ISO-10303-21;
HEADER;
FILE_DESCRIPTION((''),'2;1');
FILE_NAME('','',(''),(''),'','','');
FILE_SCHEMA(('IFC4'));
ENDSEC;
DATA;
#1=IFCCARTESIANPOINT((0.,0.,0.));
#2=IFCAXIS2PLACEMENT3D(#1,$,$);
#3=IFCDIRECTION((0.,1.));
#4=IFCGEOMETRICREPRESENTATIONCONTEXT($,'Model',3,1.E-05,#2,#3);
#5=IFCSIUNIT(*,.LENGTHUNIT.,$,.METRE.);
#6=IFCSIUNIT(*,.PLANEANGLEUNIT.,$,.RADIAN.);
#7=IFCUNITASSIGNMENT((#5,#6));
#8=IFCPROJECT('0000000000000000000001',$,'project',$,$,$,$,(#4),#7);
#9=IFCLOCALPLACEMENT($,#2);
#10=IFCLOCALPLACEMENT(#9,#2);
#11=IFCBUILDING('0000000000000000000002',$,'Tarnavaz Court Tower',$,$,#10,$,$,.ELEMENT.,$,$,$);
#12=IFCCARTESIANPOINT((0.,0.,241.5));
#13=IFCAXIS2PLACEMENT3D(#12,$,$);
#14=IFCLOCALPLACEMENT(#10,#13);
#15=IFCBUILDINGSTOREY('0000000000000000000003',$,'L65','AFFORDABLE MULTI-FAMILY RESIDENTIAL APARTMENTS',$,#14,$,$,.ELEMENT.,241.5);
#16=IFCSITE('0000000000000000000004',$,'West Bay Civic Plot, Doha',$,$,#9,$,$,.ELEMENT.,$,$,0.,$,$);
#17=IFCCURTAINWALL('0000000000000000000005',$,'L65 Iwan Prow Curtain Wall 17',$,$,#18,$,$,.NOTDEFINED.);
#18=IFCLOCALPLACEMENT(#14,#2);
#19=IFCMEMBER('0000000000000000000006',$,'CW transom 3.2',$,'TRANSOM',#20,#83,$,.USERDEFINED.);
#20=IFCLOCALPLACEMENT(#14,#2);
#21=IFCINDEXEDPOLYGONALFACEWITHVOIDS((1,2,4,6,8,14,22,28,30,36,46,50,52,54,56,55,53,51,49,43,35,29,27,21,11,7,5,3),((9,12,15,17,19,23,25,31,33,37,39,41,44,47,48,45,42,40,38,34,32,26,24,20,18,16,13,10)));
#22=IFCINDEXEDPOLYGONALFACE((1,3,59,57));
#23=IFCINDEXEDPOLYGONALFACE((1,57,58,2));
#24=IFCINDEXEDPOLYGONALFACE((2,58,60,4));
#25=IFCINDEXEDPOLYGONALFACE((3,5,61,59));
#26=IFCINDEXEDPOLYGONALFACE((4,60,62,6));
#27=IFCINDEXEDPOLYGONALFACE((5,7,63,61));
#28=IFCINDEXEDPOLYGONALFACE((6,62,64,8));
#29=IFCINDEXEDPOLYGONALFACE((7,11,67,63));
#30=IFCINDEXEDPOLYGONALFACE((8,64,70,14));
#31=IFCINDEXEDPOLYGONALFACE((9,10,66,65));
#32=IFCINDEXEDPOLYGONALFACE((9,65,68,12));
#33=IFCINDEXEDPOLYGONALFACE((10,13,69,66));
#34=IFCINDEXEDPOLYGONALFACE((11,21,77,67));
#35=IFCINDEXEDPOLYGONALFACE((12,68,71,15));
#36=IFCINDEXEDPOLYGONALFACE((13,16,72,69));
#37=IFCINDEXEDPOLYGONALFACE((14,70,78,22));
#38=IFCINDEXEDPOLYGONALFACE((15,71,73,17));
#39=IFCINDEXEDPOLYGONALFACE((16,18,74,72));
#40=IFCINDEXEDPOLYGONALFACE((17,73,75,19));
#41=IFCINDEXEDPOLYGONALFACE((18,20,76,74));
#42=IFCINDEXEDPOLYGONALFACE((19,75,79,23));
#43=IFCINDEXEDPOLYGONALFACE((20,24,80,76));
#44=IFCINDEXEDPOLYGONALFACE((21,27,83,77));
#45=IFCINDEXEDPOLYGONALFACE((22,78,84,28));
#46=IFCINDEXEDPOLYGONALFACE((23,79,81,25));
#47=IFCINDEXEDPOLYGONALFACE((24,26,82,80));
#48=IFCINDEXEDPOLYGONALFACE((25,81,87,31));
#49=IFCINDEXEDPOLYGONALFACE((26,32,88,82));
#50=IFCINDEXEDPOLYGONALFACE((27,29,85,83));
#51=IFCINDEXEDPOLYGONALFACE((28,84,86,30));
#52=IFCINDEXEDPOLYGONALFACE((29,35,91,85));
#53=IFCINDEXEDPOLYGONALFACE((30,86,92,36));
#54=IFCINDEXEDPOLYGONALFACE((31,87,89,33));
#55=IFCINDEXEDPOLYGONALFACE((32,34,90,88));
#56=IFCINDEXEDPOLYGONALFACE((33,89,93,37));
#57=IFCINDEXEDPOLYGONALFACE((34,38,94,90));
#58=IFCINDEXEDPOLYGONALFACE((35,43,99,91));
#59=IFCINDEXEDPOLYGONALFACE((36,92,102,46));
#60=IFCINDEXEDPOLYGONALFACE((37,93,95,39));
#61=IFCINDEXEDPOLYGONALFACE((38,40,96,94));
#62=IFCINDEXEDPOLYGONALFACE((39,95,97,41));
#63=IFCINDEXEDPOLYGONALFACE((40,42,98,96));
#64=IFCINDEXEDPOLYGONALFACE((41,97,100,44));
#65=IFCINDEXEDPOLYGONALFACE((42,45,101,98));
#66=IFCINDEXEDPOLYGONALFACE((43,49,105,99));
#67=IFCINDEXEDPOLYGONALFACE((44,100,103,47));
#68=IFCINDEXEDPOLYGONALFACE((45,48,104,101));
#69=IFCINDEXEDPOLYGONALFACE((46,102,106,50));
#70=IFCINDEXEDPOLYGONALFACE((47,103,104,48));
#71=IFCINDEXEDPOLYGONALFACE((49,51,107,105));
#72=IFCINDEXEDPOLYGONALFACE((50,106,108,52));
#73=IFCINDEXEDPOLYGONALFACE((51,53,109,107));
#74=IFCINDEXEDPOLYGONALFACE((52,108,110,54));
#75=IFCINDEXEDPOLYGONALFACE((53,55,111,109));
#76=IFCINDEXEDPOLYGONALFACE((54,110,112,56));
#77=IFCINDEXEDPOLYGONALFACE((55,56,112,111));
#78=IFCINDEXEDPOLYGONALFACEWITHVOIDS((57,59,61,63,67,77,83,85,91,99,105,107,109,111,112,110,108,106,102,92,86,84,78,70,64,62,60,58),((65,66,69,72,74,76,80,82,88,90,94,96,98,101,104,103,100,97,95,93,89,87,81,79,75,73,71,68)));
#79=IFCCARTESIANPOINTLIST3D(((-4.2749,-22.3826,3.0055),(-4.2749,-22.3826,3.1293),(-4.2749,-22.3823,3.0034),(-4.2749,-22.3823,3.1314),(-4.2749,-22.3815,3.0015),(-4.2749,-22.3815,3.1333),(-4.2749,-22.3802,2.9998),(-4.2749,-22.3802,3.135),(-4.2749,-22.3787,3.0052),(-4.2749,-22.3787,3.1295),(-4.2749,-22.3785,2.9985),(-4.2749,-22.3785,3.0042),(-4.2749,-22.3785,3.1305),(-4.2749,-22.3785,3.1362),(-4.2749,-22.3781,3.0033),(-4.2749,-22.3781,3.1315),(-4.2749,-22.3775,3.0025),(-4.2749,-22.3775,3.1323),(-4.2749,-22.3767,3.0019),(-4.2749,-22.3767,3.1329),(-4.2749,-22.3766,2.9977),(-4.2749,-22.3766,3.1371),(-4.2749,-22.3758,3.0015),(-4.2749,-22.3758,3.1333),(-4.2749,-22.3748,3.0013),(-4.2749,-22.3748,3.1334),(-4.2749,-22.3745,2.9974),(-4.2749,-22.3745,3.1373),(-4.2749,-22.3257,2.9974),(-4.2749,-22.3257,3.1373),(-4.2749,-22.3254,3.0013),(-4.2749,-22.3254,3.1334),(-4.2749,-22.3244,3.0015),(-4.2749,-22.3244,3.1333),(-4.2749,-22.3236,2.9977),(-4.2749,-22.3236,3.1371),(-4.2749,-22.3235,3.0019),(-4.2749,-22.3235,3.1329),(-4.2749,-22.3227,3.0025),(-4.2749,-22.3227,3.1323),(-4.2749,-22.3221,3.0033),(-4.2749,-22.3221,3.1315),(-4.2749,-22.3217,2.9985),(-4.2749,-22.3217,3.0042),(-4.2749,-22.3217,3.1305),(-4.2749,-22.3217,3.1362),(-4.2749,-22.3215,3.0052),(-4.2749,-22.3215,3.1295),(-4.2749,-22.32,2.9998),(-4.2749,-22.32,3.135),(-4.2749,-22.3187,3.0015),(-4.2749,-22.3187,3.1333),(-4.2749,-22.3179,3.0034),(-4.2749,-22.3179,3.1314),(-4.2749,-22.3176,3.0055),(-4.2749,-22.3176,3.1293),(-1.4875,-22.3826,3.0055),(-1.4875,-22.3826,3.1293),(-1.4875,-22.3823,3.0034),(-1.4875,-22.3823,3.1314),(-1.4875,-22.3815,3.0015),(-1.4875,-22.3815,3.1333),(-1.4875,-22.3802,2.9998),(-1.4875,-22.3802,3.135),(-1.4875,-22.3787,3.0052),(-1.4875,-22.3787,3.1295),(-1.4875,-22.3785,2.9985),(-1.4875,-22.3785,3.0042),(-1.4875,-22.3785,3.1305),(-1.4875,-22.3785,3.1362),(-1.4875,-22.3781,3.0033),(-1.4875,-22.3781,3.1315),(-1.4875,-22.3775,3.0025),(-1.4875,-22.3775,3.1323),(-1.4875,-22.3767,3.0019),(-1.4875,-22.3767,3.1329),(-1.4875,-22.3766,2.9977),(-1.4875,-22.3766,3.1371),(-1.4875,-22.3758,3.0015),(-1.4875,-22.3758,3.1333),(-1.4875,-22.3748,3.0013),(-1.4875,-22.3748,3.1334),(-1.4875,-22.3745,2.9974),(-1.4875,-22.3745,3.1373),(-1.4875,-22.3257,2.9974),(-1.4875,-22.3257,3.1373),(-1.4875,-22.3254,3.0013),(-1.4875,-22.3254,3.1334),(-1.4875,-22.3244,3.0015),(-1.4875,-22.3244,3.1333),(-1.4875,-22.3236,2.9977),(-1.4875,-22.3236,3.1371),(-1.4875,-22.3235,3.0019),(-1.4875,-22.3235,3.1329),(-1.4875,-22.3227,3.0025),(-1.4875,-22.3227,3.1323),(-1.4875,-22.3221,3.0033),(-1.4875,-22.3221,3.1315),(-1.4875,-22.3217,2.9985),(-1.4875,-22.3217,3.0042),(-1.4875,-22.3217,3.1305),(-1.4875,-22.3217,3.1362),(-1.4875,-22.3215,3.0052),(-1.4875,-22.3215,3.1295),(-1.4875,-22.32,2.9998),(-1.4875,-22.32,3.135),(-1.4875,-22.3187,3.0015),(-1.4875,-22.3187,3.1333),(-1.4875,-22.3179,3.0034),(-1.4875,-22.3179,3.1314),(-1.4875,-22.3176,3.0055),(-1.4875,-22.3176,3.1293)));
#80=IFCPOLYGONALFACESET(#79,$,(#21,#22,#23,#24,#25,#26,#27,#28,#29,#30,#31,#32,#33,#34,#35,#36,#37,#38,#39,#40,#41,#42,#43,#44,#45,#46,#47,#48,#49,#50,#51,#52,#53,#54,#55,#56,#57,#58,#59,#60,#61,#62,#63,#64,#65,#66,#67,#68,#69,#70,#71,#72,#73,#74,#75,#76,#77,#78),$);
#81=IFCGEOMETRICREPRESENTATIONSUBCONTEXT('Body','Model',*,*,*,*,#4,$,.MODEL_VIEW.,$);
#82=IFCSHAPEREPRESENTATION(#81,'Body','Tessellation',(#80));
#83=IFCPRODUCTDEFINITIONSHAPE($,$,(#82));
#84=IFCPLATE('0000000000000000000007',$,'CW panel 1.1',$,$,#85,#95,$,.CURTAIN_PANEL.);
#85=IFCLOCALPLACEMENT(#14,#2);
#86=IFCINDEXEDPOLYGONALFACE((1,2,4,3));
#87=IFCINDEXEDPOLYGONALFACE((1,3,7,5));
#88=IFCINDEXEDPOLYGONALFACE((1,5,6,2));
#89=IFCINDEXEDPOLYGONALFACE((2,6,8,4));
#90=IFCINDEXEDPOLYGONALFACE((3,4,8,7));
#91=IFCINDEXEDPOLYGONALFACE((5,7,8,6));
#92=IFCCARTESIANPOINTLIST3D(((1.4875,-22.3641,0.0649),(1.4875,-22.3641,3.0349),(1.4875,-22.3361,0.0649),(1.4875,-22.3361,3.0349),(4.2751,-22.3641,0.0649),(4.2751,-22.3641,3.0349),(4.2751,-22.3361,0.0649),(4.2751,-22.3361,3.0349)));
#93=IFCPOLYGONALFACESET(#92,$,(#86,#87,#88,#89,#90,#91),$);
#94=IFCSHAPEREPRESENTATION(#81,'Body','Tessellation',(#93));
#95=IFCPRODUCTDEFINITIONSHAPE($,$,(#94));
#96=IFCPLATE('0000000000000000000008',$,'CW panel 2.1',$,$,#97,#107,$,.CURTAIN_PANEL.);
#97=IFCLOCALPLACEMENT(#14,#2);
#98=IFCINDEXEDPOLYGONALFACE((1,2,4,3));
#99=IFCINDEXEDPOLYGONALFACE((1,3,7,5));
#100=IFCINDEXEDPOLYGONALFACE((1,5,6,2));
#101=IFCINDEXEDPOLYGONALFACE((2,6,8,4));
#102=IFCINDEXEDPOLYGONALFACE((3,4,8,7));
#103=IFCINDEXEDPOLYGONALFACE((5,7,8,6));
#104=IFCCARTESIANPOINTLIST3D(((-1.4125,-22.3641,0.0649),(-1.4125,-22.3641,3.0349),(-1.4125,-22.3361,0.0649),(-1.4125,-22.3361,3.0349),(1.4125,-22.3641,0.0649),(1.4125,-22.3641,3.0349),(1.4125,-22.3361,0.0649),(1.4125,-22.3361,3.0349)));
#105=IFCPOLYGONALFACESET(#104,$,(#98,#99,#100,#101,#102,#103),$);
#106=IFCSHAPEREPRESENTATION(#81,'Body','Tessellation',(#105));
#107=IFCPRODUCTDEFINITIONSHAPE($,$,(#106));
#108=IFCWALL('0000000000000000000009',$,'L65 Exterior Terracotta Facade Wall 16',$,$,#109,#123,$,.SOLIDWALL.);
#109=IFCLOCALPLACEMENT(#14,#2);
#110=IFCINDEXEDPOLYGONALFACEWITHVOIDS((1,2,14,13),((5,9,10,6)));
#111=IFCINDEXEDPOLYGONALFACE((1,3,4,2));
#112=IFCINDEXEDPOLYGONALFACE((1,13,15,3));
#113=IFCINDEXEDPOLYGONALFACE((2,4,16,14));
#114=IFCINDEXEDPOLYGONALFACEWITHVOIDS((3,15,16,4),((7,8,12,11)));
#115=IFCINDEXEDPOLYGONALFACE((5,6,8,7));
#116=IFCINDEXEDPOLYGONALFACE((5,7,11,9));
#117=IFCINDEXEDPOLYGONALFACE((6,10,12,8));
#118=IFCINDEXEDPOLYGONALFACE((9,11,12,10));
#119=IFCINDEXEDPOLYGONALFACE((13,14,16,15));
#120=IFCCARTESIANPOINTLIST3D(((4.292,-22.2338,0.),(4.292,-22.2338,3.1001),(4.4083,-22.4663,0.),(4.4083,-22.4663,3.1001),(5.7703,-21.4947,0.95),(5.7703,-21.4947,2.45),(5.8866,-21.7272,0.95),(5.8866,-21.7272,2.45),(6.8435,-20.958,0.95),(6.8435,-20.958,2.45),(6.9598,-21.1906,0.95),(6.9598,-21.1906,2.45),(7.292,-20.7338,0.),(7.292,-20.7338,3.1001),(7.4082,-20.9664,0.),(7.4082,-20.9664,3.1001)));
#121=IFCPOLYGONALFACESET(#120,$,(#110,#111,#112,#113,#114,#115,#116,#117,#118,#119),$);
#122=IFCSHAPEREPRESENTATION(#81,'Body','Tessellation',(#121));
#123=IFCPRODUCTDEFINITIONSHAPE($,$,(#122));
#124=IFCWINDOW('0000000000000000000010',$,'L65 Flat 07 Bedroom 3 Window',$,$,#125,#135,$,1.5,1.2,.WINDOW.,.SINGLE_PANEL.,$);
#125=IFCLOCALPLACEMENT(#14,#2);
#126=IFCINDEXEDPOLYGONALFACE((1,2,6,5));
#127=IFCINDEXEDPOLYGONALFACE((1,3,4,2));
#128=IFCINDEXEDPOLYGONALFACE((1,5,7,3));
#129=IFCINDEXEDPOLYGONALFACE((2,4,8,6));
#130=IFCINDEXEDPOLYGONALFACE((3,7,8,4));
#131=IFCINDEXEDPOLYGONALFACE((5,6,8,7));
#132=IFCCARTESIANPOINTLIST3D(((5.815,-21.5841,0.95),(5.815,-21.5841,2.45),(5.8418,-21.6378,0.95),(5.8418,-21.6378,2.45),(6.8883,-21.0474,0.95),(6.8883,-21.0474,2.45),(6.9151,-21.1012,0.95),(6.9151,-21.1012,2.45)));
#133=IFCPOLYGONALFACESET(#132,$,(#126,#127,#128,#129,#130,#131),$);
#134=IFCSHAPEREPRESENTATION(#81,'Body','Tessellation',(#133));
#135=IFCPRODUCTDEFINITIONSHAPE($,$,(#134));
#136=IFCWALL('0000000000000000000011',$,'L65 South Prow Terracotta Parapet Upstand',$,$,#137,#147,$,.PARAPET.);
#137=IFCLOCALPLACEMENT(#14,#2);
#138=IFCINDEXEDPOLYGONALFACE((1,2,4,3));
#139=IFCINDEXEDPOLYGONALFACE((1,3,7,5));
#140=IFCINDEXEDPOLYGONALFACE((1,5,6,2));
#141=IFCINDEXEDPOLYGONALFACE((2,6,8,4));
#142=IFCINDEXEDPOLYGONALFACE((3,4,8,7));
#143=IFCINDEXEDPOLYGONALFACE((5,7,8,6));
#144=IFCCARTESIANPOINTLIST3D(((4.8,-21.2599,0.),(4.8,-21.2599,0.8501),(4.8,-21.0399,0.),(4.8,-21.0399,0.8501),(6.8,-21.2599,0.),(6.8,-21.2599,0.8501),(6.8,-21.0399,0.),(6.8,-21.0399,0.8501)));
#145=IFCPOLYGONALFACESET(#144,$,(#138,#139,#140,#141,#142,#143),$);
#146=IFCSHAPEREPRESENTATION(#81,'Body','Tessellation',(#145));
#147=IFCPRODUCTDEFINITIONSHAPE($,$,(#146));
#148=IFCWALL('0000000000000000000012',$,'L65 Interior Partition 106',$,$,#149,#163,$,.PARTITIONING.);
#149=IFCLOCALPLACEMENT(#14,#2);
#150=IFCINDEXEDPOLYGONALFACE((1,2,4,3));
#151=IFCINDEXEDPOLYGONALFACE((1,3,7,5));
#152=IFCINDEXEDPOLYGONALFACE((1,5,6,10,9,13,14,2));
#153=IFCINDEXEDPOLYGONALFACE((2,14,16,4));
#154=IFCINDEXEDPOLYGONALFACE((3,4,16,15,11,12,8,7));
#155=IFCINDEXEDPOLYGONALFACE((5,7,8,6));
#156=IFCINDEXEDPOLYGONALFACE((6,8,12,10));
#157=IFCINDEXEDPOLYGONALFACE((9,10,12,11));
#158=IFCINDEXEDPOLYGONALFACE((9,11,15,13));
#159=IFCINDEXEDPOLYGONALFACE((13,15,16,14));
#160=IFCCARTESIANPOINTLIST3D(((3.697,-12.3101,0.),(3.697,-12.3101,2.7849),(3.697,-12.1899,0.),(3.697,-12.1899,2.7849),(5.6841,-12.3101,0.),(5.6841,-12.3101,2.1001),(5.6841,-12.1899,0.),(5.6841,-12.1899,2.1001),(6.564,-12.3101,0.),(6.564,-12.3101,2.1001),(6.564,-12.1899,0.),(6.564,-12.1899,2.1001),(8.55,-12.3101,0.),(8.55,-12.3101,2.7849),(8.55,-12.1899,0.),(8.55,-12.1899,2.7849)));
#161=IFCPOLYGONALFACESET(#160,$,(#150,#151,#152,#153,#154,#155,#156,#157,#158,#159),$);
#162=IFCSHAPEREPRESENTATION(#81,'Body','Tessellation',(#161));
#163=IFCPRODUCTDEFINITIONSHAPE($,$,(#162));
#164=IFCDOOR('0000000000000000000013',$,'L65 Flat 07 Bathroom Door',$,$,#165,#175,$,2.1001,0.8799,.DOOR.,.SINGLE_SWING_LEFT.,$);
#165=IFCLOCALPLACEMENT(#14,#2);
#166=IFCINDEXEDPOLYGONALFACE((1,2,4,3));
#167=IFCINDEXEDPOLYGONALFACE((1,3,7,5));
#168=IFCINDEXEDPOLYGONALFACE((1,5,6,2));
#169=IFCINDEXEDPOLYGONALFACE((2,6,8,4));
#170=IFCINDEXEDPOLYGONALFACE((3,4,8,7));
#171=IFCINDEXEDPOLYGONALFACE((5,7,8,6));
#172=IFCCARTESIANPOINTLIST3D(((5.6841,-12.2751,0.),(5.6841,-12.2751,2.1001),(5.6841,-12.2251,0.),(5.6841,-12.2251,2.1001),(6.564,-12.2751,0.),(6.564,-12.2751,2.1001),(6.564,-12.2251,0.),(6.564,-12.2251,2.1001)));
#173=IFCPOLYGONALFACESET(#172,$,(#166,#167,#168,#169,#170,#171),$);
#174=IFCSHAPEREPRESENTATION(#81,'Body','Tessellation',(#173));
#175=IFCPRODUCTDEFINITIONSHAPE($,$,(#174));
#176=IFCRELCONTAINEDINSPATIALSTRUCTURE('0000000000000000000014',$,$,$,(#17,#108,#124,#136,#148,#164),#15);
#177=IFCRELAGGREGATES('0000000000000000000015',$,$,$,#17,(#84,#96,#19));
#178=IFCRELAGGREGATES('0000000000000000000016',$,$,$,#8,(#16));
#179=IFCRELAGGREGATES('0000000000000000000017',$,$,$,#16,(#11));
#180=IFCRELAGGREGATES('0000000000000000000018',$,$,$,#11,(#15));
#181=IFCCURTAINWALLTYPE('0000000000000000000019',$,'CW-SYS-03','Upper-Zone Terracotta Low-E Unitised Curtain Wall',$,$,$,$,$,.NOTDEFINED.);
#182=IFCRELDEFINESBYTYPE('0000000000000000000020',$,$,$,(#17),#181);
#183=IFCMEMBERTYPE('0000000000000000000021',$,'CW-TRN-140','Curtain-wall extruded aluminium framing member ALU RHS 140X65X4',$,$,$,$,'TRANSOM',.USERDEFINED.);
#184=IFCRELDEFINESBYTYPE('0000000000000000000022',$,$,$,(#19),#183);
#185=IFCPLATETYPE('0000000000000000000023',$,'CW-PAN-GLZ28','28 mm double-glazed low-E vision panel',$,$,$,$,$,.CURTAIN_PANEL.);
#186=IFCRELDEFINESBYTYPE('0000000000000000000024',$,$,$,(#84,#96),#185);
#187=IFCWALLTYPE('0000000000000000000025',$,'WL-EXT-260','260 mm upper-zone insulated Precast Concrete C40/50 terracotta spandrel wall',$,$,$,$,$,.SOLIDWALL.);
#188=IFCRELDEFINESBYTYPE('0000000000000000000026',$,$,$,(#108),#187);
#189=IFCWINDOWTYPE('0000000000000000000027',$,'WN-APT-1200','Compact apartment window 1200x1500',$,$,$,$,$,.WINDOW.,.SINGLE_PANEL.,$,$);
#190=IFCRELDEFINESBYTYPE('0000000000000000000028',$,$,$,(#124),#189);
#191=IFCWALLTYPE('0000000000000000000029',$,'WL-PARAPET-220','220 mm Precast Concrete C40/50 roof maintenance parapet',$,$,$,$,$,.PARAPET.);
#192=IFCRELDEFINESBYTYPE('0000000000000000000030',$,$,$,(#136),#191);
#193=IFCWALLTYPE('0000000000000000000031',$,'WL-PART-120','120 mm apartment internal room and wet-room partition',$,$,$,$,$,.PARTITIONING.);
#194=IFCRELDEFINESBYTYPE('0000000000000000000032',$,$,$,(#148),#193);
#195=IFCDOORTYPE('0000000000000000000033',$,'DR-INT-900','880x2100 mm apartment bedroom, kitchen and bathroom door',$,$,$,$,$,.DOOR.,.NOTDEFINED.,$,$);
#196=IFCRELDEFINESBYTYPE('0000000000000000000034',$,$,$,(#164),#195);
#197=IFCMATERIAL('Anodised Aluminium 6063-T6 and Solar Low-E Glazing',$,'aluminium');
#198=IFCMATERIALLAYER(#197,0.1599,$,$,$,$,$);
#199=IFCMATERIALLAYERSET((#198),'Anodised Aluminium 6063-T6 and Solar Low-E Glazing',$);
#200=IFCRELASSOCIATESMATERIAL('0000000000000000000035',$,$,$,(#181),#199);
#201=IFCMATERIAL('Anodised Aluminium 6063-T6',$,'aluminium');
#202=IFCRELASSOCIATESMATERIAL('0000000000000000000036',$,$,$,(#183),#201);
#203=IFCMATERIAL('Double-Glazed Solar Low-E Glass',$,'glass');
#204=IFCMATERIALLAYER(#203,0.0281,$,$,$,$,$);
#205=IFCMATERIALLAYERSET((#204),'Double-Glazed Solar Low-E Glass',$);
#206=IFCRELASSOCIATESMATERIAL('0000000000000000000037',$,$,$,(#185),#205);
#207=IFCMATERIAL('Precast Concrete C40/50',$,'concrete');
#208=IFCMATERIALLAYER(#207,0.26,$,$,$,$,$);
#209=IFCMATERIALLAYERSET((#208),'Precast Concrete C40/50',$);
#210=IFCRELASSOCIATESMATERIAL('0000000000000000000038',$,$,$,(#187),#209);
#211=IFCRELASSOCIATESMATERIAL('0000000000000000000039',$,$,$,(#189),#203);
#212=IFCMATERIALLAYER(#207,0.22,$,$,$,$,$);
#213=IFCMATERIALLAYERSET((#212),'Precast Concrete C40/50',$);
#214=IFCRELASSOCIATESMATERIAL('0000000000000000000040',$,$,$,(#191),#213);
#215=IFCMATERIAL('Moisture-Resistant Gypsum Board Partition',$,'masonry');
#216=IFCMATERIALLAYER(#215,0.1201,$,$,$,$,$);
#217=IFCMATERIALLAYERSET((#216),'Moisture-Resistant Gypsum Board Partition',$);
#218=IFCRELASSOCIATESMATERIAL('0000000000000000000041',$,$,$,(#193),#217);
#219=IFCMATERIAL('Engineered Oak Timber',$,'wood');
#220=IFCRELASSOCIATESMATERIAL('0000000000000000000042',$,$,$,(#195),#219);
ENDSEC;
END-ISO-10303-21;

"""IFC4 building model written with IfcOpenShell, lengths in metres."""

from ifc_helpers import new_model, si_unit, direction, frame, frame_2d, origin, origin_2d, place, context, subcontext, project, spatial, rectangle, hollow_rectangle, extrude, material, layer, layer_set, material_profile, profile_set, type_object, element, fill, aggregate, save


model = new_model("IFC4")

# Units and contexts
model_context = context("Model", 3, precision=1e-05, world=origin(), true_north=direction((0.0, 1.0)))
body_context = subcontext(model_context, "Body", "Model", "MODEL_VIEW")
ifc_project = project(units=[si_unit("LENGTHUNIT", "METRE"), si_unit("PLANEANGLEUNIT", "RADIAN")], contexts=[model_context])

# Site, building, storey
site_placement = place(None, origin())
site = spatial("IfcSite", under=ifc_project, at=site_placement, Name="West Bay Civic Plot, Doha", CompositionType="ELEMENT", RefElevation=0.0)
building_placement = place(site_placement, origin())
building = spatial("IfcBuilding", under=site, at=building_placement, Name="Tarnavaz Court Tower", CompositionType="ELEMENT")
storey_placement = place(building_placement, frame((0.0, 0.0, 241.5)))
storey = spatial("IfcBuildingStorey", under=building, at=storey_placement, Name="L65", Description="AFFORDABLE MULTI-FAMILY RESIDENTIAL APARTMENTS", CompositionType="ELEMENT", Elevation=241.5)

# Curtain wall, member, plates
ifc_material_1 = material(Name="Anodised Aluminium 6063-T6 and Solar Low-E Glazing", Category="aluminium")
ifc_layer_1 = layer(ifc_material_1, 0.1599)
ifc_layer_set_1 = layer_set([ifc_layer_1], Name="Anodised Aluminium 6063-T6 and Solar Low-E Glazing")
curtain_wall_type = type_object("IfcCurtainWallType", Name="CW-SYS-03", Description="Upper-Zone Terracotta Low-E Unitised Curtain Wall", PredefinedType="NOTDEFINED", material=ifc_layer_set_1)
curtain_wall_placement = place(storey_placement, origin())
curtain_wall = element("IfcCurtainWall", 1, at=curtain_wall_placement, inside=storey, type_object=curtain_wall_type, Name="L65 Iwan Prow Curtain Wall 17", PredefinedType="NOTDEFINED")
ifc_material_2 = material(Name="Anodised Aluminium 6063-T6", Category="aluminium")
ifc_material_profile_1 = material_profile(ifc_material_2, hollow_rectangle(XDim=0.0649, YDim=0.1399, WallThickness=0.0039, InnerFilletRadius=0.0039, OuterFilletRadius=0.0081, at=origin_2d()), Name="ALU RHS 140X65X4")
ifc_profile_set_1 = profile_set([ifc_material_profile_1], Name="Anodised Aluminium 6063-T6")
member_type_1 = type_object("IfcMemberType", Name="CW-TRN-140", Description="Curtain-wall extruded aluminium framing member ALU RHS 140X65X4", ElementType="TRANSOM", PredefinedType="USERDEFINED", material=ifc_profile_set_1)
member_1_placement = place(storey_placement, frame((-1.4875, -22.3501, 3.0674), z_axis=(-1.0, 0.0, 0.0), x_axis=(0.0, -1.0, 0.0)))
member_1 = element("IfcMember", 2, at=member_1_placement, type_object=member_type_1, Name="CW transom 3.2", ObjectType="TRANSOM", PredefinedType="USERDEFINED", context=body_context, shape_type="SweptSolid", body=[
    extrude(hollow_rectangle(XDim=0.0649, YDim=0.1399, WallThickness=0.0039, InnerFilletRadius=0.0039, OuterFilletRadius=0.0081, at=origin_2d()), origin(), (0.0, 0.0, 1.0), 2.7874),
])
ifc_material_3 = material(Name="Double-Glazed Solar Low-E Glass", Category="glass")
ifc_layer_2 = layer(ifc_material_3, 0.0281)
ifc_layer_set_2 = layer_set([ifc_layer_2], Name="Double-Glazed Solar Low-E Glass")
plate_type = type_object("IfcPlateType", Name="CW-PAN-GLZ28", Description="28 mm double-glazed low-E vision panel", PredefinedType="CURTAIN_PANEL", material=ifc_layer_set_2)
plate_1_placement = place(storey_placement, frame((2.8813, -22.3501, 0.0649), z_axis=(0.0, 0.0, 1.0), x_axis=(-1.0, 0.0, 0.0)))
plate_1 = element("IfcPlate", 3, at=plate_1_placement, type_object=plate_type, Name="CW panel 1.1", PredefinedType="CURTAIN_PANEL", context=body_context, shape_type="SweptSolid", body=[
    extrude(rectangle(XDim=2.7876, YDim=0.0281, at=origin_2d()), origin(), (0.0, 0.0, 1.0), 2.97),
])
plate_2_placement = place(storey_placement, frame((0.0, -22.3501, 0.0649), z_axis=(0.0, 0.0, 1.0), x_axis=(-1.0, 0.0, 0.0)))
plate_2 = element("IfcPlate", 4, at=plate_2_placement, type_object=plate_type, Name="CW panel 2.1", PredefinedType="CURTAIN_PANEL", context=body_context, shape_type="SweptSolid", body=[
    extrude(rectangle(XDim=2.825, YDim=0.0281, at=origin_2d()), origin(), (0.0, 0.0, 1.0), 2.97),
])
aggregate(curtain_wall, [plate_1, plate_2, member_1])

# Wall, opening, window
ifc_material_4 = material(Name="Precast Concrete C40/50", Category="concrete")
ifc_layer_3 = layer(ifc_material_4, 0.26)
ifc_layer_set_3 = layer_set([ifc_layer_3], Name="Precast Concrete C40/50")
wall_type_1 = type_object("IfcWallType", Name="WL-EXT-260", Description="260 mm upper-zone insulated Precast Concrete C40/50 terracotta spandrel wall", PredefinedType="SOLIDWALL", material=ifc_layer_set_3)
wall_1_placement = place(storey_placement, frame((7.3501, -20.8501, 0.0), z_axis=(0.0, 0.0, 1.0), x_axis=(-0.894427, -0.447214, 0.0)))
wall_1 = element("IfcWall", 5, at=wall_1_placement, inside=storey, type_object=wall_type_1, Name="L65 Exterior Terracotta Facade Wall 16", PredefinedType="SOLIDWALL", context=body_context, shape_type="SweptSolid", body=[
    extrude(rectangle(XDim=3.354, YDim=0.26, at=frame_2d((1.677, 0.0))), origin(), (0.0, 0.0, 1.0), 3.1001),
])
opening_1_placement = place(wall_1_placement, frame((0.5012, 0.0, 0.95)))
opening_1 = element("IfcOpeningElement", 6, at=opening_1_placement, cuts=wall_1, PredefinedType="OPENING", context=body_context, shape_type="SweptSolid", body=[
    extrude(rectangle(XDim=1.2, YDim=1.5, at=frame_2d((0.6001, 0.75))), frame((0.0, 0.1399, 0.0), z_axis=(0.0, -1.0, 0.0), x_axis=(1.0, 0.0, 0.0)), (0.0, 0.0, 1.0), 0.28),
])
window_type = type_object("IfcWindowType", Name="WN-APT-1200", Description="Compact apartment window 1200x1500", PartitioningType="SINGLE_PANEL", PredefinedType="WINDOW", material=ifc_material_3)
window_placement = place(opening_1_placement, origin())
window = element("IfcWindow", 7, at=window_placement, inside=storey, type_object=window_type, Name="L65 Flat 07 Bedroom 3 Window", OverallHeight=1.5, OverallWidth=1.2, PartitioningType="SINGLE_PANEL", PredefinedType="WINDOW", context=body_context, shape_type="SweptSolid", body=[
    extrude(rectangle(XDim=1.2, YDim=1.5, at=frame_2d((0.6001, 0.75))), frame((0.0, 0.03, 0.0), z_axis=(0.0, -1.0, 0.0), x_axis=(1.0, 0.0, 0.0)), (0.0, 0.0, 1.0), 0.0601),
])
fill(opening_1, window)

# Wall
ifc_layer_4 = layer(ifc_material_4, 0.22)
ifc_layer_set_4 = layer_set([ifc_layer_4], Name="Precast Concrete C40/50")
wall_type_2 = type_object("IfcWallType", Name="WL-PARAPET-220", Description="220 mm Precast Concrete C40/50 roof maintenance parapet", PredefinedType="PARAPET", material=ifc_layer_set_4)
wall_2_placement = place(storey_placement, frame((4.8, -21.1499, 0.0), z_axis=(0.0, 0.0, 1.0), x_axis=(1.0, 0.0, 0.0)))
element("IfcWall", 8, at=wall_2_placement, inside=storey, type_object=wall_type_2, Name="L65 South Prow Terracotta Parapet Upstand", PredefinedType="PARAPET", context=body_context, shape_type="SweptSolid", body=[
    extrude(rectangle(XDim=2.0, YDim=0.22, at=frame_2d((1.0, 0.0))), origin(), (0.0, 0.0, 1.0), 0.8501),
])

# Wall, opening, door
ifc_material_5 = material(Name="Moisture-Resistant Gypsum Board Partition", Category="masonry")
ifc_layer_5 = layer(ifc_material_5, 0.1201)
ifc_layer_set_5 = layer_set([ifc_layer_5], Name="Moisture-Resistant Gypsum Board Partition")
wall_type_3 = type_object("IfcWallType", Name="WL-PART-120", Description="120 mm apartment internal room and wet-room partition", PredefinedType="PARTITIONING", material=ifc_layer_set_5)
wall_3_placement = place(storey_placement, frame((3.697, -12.25, 0.0), z_axis=(0.0, 0.0, 1.0), x_axis=(1.0, 0.0, 0.0)))
wall_3 = element("IfcWall", 9, at=wall_3_placement, inside=storey, type_object=wall_type_3, Name="L65 Interior Partition 106", PredefinedType="PARTITIONING", context=body_context, shape_type="SweptSolid", body=[
    extrude(rectangle(XDim=4.853, YDim=0.1201, at=frame_2d((2.4265, 0.0))), origin(), (0.0, 0.0, 1.0), 2.7849),
])
opening_2_placement = place(wall_3_placement, frame((1.9871, 0.0, 0.0)))
opening_2 = element("IfcOpeningElement", 10, at=opening_2_placement, cuts=wall_3, PredefinedType="OPENING", context=body_context, shape_type="SweptSolid", body=[
    extrude(rectangle(XDim=0.8799, YDim=2.1001, at=frame_2d((0.4399, 1.05))), frame((0.0, 0.0701, 0.0), z_axis=(0.0, -1.0, 0.0), x_axis=(1.0, 0.0, 0.0)), (0.0, 0.0, 1.0), 0.1401),
])
ifc_material_6 = material(Name="Engineered Oak Timber", Category="wood")
door_type = type_object("IfcDoorType", Name="DR-INT-900", Description="880x2100 mm apartment bedroom, kitchen and bathroom door", OperationType="NOTDEFINED", PredefinedType="DOOR", material=ifc_material_6)
door_placement = place(opening_2_placement, origin())
door = element("IfcDoor", 11, at=door_placement, inside=storey, type_object=door_type, Name="L65 Flat 07 Bathroom Door", OperationType="SINGLE_SWING_LEFT", OverallHeight=2.1001, OverallWidth=0.8799, PredefinedType="DOOR", context=body_context, shape_type="SweptSolid", body=[
    extrude(rectangle(XDim=0.8799, YDim=2.1001, at=frame_2d((0.4399, 1.05))), frame((0.0, 0.0249, 0.0), z_axis=(0.0, -1.0, 0.0), x_axis=(1.0, 0.0, 0.0)), (0.0, 0.0, 1.0), 0.05),
])
fill(opening_2, door)

save(model, "model.ifc")
